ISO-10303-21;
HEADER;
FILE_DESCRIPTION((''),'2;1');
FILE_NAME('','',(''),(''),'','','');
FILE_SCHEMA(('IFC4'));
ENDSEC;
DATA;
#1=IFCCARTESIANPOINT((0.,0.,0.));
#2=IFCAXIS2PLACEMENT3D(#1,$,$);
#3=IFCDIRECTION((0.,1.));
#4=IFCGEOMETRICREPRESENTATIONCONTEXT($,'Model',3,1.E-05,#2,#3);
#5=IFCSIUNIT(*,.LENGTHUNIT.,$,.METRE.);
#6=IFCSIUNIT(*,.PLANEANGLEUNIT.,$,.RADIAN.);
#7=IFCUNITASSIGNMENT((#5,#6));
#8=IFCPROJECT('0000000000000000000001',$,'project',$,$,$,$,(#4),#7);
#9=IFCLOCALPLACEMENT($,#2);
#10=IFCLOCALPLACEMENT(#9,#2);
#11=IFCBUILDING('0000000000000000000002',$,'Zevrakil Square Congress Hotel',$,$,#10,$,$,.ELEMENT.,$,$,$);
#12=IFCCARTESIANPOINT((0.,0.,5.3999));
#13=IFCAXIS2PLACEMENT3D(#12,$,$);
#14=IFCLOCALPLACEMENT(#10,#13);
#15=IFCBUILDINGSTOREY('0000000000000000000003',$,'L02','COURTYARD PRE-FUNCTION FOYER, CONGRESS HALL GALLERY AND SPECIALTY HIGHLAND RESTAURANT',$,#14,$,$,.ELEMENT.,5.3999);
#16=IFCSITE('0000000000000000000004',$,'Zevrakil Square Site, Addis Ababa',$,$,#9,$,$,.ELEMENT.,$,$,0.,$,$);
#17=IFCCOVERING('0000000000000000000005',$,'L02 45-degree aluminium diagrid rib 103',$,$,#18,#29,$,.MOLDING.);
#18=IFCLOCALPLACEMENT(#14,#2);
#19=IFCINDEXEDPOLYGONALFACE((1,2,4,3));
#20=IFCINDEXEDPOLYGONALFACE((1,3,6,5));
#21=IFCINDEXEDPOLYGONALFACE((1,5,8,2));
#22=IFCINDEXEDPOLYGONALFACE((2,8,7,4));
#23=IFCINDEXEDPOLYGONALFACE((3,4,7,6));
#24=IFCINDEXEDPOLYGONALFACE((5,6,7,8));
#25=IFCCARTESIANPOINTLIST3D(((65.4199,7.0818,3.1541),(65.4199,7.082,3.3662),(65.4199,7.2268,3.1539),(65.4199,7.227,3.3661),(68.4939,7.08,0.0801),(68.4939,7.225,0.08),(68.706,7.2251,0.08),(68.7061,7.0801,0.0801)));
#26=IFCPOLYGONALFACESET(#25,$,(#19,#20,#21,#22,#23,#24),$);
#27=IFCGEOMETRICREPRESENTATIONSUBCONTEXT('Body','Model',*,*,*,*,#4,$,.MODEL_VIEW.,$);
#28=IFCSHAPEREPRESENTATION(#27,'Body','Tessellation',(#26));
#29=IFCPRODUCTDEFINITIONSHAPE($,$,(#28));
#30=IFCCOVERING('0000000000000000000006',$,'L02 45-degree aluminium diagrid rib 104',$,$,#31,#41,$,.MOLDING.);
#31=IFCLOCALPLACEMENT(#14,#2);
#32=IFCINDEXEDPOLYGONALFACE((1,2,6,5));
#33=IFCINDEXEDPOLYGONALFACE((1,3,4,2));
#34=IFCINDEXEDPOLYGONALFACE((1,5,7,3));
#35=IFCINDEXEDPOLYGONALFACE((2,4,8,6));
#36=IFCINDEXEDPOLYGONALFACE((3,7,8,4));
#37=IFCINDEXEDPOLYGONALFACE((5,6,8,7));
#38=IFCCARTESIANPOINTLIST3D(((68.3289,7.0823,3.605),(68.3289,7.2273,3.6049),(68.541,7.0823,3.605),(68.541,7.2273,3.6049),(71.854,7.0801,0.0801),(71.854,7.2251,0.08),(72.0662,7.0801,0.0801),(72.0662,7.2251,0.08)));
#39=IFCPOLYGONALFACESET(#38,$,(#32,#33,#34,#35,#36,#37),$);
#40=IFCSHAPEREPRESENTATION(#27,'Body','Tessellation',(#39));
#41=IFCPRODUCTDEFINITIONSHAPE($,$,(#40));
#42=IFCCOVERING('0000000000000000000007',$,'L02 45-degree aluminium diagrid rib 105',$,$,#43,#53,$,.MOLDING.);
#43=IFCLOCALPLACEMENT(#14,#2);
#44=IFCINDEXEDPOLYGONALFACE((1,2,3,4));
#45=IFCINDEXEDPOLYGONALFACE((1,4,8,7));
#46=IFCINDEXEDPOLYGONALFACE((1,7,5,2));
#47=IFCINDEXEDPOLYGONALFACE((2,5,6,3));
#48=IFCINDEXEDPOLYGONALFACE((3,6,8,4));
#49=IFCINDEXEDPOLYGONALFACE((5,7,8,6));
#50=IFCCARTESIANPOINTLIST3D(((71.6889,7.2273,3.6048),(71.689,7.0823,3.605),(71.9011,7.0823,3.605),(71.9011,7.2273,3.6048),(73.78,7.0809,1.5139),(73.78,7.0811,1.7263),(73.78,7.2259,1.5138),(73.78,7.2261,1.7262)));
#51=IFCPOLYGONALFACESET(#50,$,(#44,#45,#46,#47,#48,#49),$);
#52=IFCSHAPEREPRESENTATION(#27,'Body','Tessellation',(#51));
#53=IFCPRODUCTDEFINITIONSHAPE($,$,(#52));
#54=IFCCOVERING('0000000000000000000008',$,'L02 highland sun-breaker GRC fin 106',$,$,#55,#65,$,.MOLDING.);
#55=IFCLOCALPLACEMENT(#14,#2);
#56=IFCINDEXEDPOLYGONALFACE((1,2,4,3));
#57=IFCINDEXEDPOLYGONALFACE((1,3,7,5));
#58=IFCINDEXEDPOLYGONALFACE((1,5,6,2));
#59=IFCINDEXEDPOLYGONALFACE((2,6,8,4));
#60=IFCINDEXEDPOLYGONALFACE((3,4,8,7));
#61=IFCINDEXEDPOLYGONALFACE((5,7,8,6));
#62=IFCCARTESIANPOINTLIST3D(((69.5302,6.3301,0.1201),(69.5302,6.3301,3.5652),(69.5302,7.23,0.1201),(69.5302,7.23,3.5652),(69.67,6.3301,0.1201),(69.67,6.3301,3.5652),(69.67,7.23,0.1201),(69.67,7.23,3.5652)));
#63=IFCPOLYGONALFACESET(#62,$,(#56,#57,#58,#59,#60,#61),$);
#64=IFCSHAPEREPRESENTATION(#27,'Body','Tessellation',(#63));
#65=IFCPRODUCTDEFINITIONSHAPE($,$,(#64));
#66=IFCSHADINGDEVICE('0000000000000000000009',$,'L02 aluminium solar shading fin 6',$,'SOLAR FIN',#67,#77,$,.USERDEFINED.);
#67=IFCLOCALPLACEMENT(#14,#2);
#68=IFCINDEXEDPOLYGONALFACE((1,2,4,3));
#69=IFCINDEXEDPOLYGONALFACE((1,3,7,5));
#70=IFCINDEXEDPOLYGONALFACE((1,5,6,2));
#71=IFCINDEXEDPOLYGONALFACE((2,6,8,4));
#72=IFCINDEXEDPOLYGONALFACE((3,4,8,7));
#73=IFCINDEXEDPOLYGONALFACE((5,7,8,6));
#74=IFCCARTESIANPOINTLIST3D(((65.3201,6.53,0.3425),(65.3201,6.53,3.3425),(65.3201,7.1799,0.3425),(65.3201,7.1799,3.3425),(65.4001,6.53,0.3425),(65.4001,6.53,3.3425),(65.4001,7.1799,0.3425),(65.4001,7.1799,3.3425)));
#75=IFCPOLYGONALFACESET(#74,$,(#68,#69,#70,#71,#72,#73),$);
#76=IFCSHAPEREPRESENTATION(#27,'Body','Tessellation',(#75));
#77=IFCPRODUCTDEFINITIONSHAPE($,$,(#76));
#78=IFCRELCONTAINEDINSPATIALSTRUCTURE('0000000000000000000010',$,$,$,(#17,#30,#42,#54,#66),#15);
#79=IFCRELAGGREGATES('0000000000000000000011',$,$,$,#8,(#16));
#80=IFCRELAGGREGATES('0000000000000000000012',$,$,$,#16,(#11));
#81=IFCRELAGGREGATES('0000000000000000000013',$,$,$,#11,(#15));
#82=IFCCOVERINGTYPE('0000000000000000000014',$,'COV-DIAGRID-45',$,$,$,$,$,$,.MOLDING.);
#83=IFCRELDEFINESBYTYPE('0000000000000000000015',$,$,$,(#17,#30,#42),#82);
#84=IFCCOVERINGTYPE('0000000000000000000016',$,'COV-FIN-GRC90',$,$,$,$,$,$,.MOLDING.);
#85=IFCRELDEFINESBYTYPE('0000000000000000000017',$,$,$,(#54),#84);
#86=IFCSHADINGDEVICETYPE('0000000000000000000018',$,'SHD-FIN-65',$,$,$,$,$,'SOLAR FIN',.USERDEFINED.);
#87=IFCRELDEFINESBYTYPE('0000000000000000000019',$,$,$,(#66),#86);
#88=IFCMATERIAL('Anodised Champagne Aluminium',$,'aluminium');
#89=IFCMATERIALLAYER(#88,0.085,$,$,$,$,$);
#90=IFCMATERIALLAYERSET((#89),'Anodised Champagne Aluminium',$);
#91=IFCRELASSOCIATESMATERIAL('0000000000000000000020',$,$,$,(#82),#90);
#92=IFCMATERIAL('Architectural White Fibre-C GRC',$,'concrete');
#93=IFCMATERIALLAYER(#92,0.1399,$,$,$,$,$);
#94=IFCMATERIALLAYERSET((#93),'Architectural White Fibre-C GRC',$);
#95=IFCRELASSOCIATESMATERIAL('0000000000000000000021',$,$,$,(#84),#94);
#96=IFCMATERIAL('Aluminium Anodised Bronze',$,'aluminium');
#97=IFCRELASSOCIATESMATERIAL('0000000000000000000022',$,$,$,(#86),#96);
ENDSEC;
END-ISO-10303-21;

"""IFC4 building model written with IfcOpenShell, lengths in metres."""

from ifc_helpers import new_model, si_unit, direction, frame, origin, origin_2d, place, context, subcontext, project, spatial, polyline, rectangle, outline, extrude, material, layer, layer_set, type_object, element, save


model = new_model("IFC4")

# Units and contexts
model_context = context("Model", 3, precision=1e-05, world=origin(), true_north=direction((0.0, 1.0)))
body_context = subcontext(model_context, "Body", "Model", "MODEL_VIEW")
ifc_project = project(units=[si_unit("LENGTHUNIT", "METRE"), si_unit("PLANEANGLEUNIT", "RADIAN")], contexts=[model_context])

# Site, building, storey
site_placement = place(None, origin())
site = spatial("IfcSite", under=ifc_project, at=site_placement, Name="Zevrakil Square Site, Addis Ababa", CompositionType="ELEMENT", RefElevation=0.0)
building_placement = place(site_placement, origin())
building = spatial("IfcBuilding", under=site, at=building_placement, Name="Zevrakil Square Congress Hotel", CompositionType="ELEMENT")
storey_placement = place(building_placement, frame((0.0, 0.0, 5.3999)))
storey = spatial("IfcBuildingStorey", under=building, at=storey_placement, Name="L02", Description="COURTYARD PRE-FUNCTION FOYER, CONGRESS HALL GALLERY AND SPECIALTY HIGHLAND RESTAURANT", CompositionType="ELEMENT", Elevation=5.3999)

# Coverings
ifc_material_1 = material(Name="Anodised Champagne Aluminium", Category="aluminium")
ifc_layer_1 = layer(ifc_material_1, 0.085)
ifc_layer_set_1 = layer_set([ifc_layer_1], Name="Anodised Champagne Aluminium")
covering_type_1 = type_object("IfcCoveringType", Name="COV-DIAGRID-45", PredefinedType="MOLDING", material=ifc_layer_set_1)
covering_1_placement = place(storey_placement, frame((65.4199, 7.0818, 3.1541), z_axis=(0.000287, -1.0, 0.000863), x_axis=(0.0, 0.000863, 1.0)))
element("IfcCovering", 1, at=covering_1_placement, inside=storey, type_object=covering_type_1, Name="L02 45-degree aluminium diagrid rib 103", PredefinedType="MOLDING", context=body_context, shape_type="SweptSolid", body=[
    extrude(outline(polyline([(0.0, 0.0), (0.2122, 0.0), (-3.074, -3.2861), (-3.074, -3.074), (0.0, 0.0)])), origin(), (0.0, 0.0, -1.0), 0.145),
])
covering_2_placement = place(storey_placement, frame((68.3289, 7.0823, 3.605), z_axis=(0.0, -1.0, 0.000623), x_axis=(1.0, 0.0, 0.0)))
element("IfcCovering", 2, at=covering_2_placement, inside=storey, type_object=covering_type_1, Name="L02 45-degree aluminium diagrid rib 104", PredefinedType="MOLDING", context=body_context, shape_type="SweptSolid", body=[
    extrude(outline(polyline([(0.0, 0.0), (0.2122, 0.0), (3.7373, -3.5249), (3.5251, -3.5249), (0.0, 0.0)])), origin(), (0.0, 0.0, -1.0), 0.145),
])
covering_3_placement = place(storey_placement, frame((71.689, 7.0823, 3.605), z_axis=(0.000237, -1.0, 0.000913), x_axis=(1.0, 0.000237, 0.0)))
element("IfcCovering", 3, at=covering_3_placement, inside=storey, type_object=covering_type_1, Name="L02 45-degree aluminium diagrid rib 105", PredefinedType="MOLDING", context=body_context, shape_type="SweptSolid", body=[
    extrude(outline(polyline([(0.0, 0.0), (0.2122, 0.0), (2.0911, -1.8787), (2.0911, -2.0911), (0.0, 0.0)])), origin(), (0.0, 0.0, -1.0), 0.145),
])
ifc_material_2 = material(Name="Architectural White Fibre-C GRC", Category="concrete")
ifc_layer_2 = layer(ifc_material_2, 0.1399)
ifc_layer_set_2 = layer_set([ifc_layer_2], Name="Architectural White Fibre-C GRC")
covering_type_2 = type_object("IfcCoveringType", Name="COV-FIN-GRC90", PredefinedType="MOLDING", material=ifc_layer_set_2)
covering_4_placement = place(storey_placement, frame((69.6001, 6.78, 0.1201), z_axis=(0.0, 0.0, 1.0), x_axis=(0.0, -1.0, 0.0)))
element("IfcCovering", 4, at=covering_4_placement, inside=storey, type_object=covering_type_2, Name="L02 highland sun-breaker GRC fin 106", PredefinedType="MOLDING", context=body_context, shape_type="SweptSolid", body=[
    extrude(rectangle(XDim=0.8999, YDim=0.1399, at=origin_2d()), origin(), (0.0, 0.0, 1.0), 3.4451),
])

# Shading device
ifc_material_3 = material(Name="Aluminium Anodised Bronze", Category="aluminium")
shading_device_type = type_object("IfcShadingDeviceType", Name="SHD-FIN-65", ElementType="SOLAR FIN", PredefinedType="USERDEFINED", material=ifc_material_3)
shading_device_placement = place(storey_placement, frame((65.3601, 6.855, 0.3425), z_axis=(0.0, 0.0, 1.0), x_axis=(0.0, -1.0, 0.0)))
element("IfcShadingDevice", 5, at=shading_device_placement, inside=storey, type_object=shading_device_type, Name="L02 aluminium solar shading fin 6", ObjectType="SOLAR FIN", PredefinedType="USERDEFINED", context=body_context, shape_type="SweptSolid", body=[
    extrude(rectangle(XDim=0.6499, YDim=0.0801, at=origin_2d()), origin(), (0.0, 0.0, 1.0), 3.0),
])

save(model, "model.ifc")
